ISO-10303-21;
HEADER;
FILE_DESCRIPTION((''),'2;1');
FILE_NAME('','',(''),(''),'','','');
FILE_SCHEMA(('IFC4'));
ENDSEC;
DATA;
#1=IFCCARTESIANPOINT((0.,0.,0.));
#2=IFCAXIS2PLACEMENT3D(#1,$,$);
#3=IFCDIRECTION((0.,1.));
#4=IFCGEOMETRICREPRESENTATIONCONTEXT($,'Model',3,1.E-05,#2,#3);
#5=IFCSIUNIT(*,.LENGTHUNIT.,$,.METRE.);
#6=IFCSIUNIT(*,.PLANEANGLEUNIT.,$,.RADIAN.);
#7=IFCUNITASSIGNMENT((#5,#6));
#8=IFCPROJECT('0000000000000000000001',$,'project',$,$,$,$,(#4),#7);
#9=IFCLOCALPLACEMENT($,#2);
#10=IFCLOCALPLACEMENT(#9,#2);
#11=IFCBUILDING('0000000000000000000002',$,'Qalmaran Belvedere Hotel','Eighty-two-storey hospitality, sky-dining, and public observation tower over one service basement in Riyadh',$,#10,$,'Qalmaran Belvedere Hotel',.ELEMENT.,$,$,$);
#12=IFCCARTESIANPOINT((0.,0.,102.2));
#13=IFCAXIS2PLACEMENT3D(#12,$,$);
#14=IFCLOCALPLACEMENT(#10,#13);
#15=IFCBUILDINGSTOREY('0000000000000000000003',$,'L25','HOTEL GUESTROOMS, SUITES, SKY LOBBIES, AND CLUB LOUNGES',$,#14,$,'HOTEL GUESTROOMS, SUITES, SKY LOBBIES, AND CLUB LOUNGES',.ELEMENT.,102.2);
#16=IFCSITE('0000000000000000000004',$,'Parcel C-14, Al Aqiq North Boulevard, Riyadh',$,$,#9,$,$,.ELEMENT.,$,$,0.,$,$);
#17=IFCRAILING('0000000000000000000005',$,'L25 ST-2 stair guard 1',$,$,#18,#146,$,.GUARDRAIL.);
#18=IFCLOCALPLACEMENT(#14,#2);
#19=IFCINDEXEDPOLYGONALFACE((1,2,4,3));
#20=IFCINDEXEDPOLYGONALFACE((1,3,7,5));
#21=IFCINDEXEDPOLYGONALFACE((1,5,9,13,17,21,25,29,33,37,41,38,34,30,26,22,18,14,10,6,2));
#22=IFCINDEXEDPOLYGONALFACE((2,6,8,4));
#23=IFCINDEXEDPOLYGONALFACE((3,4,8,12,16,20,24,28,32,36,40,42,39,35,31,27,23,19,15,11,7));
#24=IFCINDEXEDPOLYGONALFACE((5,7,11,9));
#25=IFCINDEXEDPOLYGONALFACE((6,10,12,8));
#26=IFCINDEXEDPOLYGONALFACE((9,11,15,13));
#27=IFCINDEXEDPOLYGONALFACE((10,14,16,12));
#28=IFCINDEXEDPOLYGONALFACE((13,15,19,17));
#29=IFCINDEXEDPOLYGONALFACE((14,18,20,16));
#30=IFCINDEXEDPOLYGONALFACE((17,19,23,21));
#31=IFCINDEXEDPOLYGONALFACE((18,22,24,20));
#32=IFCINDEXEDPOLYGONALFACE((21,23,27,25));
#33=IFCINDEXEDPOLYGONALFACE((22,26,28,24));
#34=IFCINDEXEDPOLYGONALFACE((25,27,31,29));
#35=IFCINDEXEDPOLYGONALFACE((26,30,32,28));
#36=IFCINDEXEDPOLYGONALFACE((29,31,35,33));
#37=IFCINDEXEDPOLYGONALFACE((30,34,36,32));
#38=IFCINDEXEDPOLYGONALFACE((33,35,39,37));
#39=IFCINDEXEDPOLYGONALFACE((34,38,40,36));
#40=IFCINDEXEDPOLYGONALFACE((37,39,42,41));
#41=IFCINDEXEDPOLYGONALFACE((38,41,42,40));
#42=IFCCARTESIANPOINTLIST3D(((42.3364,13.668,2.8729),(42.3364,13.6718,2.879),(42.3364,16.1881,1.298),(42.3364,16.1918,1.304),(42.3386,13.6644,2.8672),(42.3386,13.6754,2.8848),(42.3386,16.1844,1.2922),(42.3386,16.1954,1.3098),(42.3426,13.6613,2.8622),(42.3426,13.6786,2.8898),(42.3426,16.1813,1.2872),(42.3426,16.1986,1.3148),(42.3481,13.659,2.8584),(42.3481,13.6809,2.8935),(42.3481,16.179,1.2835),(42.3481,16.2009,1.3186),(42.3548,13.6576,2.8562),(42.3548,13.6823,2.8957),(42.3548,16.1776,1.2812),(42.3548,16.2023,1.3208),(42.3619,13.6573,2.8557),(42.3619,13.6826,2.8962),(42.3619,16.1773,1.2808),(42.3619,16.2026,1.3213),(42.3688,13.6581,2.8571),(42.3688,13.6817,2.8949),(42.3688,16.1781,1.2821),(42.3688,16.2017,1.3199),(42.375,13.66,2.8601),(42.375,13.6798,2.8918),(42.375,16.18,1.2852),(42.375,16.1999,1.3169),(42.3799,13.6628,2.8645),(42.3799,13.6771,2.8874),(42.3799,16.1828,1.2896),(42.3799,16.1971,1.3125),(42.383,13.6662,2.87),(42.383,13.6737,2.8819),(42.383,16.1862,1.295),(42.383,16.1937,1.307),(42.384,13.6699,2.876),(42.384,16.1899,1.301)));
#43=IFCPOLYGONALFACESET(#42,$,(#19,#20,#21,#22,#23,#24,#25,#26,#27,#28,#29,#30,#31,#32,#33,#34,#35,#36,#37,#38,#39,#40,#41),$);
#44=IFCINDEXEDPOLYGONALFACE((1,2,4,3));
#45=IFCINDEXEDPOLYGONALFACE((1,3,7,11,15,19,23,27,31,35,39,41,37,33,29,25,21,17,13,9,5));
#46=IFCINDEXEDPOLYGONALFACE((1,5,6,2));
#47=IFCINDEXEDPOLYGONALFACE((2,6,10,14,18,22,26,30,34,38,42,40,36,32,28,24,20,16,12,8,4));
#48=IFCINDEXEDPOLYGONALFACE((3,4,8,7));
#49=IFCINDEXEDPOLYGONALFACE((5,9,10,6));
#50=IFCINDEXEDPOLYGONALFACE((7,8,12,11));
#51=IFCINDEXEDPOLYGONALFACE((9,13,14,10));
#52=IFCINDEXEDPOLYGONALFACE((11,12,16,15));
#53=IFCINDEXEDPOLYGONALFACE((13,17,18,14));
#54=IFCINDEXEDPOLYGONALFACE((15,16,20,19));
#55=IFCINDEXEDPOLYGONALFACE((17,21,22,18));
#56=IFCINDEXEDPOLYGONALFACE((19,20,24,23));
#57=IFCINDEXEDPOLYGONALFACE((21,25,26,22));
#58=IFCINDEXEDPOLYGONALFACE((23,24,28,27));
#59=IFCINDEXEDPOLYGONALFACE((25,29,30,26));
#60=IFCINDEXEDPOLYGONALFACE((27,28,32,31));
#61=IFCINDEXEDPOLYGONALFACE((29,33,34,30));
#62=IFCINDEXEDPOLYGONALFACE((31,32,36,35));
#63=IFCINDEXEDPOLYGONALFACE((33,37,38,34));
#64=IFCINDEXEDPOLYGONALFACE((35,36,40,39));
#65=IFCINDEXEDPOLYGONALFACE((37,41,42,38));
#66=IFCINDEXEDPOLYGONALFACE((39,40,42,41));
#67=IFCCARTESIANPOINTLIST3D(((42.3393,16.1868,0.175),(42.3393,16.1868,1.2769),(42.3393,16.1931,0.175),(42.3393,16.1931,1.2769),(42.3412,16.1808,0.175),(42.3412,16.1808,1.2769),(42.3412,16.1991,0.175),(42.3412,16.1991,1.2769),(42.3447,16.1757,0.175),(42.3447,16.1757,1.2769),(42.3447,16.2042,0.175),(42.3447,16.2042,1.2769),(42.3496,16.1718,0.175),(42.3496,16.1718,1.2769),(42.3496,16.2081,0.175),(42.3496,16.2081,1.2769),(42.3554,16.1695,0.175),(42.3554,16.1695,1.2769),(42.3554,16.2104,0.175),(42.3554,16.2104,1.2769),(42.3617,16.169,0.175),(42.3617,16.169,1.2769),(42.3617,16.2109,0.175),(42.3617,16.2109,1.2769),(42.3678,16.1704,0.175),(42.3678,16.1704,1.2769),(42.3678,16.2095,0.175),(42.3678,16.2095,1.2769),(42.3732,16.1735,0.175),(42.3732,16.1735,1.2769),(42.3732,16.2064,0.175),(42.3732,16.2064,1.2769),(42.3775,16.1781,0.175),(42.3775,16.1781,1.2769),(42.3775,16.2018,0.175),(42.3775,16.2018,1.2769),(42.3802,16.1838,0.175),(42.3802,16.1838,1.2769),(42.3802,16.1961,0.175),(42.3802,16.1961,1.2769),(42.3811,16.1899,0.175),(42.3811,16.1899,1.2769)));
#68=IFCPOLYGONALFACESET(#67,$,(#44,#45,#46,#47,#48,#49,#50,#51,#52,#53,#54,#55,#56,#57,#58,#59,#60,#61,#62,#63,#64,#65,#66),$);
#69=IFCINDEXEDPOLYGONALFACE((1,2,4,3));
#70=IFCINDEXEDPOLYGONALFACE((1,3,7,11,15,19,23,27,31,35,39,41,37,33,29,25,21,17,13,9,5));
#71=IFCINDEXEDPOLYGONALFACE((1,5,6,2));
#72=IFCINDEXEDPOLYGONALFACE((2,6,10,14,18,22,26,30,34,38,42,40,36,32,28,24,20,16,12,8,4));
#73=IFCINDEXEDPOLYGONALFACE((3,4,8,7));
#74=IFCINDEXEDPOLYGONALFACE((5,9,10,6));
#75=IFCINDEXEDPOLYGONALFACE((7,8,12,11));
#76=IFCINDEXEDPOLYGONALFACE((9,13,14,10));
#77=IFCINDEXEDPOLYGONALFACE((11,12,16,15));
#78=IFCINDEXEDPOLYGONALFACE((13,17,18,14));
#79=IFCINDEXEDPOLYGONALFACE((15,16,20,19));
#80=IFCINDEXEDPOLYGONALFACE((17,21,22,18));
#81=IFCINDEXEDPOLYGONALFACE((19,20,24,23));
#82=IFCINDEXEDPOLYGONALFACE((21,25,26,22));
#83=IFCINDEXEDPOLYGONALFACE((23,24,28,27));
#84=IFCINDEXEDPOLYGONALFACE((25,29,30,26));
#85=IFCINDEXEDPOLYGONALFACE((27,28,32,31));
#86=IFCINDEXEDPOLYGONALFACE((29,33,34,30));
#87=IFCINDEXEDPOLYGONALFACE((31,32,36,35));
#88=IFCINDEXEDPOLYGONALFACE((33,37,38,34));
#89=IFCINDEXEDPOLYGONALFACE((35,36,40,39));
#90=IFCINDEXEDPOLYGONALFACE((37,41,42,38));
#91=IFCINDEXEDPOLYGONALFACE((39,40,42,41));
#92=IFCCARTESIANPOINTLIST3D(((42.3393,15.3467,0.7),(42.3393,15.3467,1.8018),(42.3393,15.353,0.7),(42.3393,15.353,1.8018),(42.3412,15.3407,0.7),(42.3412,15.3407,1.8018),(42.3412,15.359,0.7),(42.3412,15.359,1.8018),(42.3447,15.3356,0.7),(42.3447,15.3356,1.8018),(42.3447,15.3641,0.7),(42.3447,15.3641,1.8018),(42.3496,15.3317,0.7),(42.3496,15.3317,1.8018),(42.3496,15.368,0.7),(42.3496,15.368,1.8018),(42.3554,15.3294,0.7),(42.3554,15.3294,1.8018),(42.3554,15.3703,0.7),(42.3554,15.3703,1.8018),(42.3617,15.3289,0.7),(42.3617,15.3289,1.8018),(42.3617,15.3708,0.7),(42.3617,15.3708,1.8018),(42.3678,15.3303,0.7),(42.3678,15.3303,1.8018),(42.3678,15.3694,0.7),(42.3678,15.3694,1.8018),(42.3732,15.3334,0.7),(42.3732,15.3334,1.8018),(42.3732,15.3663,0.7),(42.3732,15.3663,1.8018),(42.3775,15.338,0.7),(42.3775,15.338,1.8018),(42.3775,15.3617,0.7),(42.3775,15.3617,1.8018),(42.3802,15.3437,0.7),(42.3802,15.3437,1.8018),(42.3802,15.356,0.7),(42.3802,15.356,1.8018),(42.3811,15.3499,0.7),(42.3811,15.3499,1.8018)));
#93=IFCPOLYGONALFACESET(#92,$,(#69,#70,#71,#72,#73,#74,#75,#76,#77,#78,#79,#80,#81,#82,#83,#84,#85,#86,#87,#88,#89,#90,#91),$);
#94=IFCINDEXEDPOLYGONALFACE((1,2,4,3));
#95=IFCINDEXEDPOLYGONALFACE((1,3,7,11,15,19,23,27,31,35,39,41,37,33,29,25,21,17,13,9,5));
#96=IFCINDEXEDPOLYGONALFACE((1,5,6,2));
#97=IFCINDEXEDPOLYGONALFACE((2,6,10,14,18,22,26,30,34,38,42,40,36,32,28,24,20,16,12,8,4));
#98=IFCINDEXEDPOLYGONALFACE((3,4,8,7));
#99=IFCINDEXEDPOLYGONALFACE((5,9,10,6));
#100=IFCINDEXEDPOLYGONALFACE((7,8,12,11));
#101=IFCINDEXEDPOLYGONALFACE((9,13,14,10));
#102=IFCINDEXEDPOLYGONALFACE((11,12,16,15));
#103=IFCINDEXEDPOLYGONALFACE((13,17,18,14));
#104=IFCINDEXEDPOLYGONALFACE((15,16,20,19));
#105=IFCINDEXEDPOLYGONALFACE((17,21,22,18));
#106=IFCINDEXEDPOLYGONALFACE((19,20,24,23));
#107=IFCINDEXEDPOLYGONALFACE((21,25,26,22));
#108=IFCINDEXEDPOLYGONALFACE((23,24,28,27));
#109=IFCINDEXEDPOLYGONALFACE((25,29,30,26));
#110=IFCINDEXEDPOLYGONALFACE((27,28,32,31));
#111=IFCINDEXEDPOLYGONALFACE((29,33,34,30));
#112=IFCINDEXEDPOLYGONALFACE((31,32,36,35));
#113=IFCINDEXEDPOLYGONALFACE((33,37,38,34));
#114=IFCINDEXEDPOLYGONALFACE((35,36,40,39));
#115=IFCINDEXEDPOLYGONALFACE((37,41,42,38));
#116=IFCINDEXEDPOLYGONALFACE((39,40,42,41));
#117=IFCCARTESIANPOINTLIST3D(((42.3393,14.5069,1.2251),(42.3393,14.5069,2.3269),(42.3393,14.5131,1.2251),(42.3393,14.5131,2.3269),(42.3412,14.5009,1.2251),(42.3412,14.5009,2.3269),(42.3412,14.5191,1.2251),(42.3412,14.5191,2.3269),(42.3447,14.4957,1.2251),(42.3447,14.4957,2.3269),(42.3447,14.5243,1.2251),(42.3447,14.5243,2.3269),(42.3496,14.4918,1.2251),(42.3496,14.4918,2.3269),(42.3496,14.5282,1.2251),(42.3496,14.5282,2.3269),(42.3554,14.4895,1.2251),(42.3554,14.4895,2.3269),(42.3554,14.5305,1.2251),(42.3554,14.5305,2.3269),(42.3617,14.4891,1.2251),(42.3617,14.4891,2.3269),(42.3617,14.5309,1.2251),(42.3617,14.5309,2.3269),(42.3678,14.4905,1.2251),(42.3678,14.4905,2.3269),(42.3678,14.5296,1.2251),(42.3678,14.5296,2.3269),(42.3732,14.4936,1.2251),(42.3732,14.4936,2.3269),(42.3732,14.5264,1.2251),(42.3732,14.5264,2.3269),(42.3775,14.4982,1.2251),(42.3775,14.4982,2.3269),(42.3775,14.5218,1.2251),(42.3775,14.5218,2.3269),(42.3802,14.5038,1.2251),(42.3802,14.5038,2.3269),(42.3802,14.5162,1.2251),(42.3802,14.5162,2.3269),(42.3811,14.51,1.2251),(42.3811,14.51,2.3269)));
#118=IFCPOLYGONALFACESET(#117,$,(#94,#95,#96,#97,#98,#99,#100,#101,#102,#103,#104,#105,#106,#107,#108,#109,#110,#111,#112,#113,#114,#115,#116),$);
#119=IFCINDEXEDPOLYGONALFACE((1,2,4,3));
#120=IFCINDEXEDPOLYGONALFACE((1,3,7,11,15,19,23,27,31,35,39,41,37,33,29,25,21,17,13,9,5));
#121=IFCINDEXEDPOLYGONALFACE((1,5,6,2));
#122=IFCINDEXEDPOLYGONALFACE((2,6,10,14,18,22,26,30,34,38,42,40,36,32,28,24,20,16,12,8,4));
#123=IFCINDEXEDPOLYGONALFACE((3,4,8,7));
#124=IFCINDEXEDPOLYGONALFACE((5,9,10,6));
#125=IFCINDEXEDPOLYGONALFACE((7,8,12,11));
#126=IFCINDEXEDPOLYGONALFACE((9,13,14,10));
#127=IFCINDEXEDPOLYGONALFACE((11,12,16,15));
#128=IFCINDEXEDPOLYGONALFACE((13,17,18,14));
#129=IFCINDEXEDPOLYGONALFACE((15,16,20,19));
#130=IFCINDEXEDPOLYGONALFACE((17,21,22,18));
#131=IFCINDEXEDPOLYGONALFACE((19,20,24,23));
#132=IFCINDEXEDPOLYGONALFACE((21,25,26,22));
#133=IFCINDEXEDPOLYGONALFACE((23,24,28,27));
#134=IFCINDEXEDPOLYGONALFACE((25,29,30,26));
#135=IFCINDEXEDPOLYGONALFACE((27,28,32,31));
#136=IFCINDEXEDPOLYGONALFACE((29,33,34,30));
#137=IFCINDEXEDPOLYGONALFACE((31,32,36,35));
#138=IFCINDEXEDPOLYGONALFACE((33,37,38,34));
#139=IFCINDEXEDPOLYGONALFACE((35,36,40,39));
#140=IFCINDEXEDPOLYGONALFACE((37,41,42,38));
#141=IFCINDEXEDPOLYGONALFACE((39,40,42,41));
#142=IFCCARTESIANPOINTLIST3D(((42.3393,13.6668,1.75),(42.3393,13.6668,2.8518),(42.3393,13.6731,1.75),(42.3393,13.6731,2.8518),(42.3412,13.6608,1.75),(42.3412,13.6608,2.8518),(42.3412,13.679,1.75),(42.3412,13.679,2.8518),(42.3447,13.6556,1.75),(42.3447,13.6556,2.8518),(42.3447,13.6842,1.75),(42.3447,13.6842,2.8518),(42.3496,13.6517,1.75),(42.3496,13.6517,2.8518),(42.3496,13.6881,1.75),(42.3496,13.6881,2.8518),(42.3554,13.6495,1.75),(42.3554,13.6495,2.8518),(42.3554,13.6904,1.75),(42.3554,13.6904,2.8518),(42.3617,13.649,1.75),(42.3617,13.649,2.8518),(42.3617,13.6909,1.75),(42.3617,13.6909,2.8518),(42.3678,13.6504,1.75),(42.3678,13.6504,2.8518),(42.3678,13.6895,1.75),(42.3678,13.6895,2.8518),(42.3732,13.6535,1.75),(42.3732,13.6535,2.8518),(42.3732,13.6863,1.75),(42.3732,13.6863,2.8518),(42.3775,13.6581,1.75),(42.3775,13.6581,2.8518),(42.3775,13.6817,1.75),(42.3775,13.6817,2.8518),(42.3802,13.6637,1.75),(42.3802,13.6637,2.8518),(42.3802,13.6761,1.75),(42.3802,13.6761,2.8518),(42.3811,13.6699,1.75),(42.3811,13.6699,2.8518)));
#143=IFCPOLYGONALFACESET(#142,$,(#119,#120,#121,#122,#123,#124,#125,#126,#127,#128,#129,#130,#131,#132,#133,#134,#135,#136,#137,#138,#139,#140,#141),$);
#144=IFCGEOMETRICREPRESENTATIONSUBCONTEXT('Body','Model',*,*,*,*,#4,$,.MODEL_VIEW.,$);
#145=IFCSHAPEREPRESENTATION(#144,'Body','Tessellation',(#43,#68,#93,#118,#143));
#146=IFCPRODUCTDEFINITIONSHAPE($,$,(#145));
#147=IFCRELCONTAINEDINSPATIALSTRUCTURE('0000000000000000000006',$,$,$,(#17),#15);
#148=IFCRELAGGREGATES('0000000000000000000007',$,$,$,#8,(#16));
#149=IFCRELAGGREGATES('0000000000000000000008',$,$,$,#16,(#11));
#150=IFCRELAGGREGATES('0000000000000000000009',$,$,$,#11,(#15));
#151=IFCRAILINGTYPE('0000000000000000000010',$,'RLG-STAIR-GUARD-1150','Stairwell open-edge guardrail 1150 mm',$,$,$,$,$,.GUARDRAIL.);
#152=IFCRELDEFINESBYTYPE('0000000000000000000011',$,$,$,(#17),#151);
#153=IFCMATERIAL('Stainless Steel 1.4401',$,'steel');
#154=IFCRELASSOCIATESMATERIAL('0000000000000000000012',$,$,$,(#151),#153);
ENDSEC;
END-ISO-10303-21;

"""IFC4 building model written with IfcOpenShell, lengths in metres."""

from ifc_helpers import new_model, si_unit, direction, frame, origin, origin_2d, place, context, subcontext, project, spatial, circle, extrude, material, type_object, element, save


model = new_model("IFC4")

# Units and contexts
model_context = context("Model", 3, precision=1e-05, world=origin(), true_north=direction((0.0, 1.0)))
body_context = subcontext(model_context, "Body", "Model", "MODEL_VIEW")
ifc_project = project(units=[si_unit("LENGTHUNIT", "METRE"), si_unit("PLANEANGLEUNIT", "RADIAN")], contexts=[model_context])

# Site, building, storey
site_placement = place(None, origin())
site = spatial("IfcSite", under=ifc_project, at=site_placement, Name="Parcel C-14, Al Aqiq North Boulevard, Riyadh", CompositionType="ELEMENT", RefElevation=0.0)
building_placement = place(site_placement, origin())
building = spatial("IfcBuilding", under=site, at=building_placement, Name="Qalmaran Belvedere Hotel", Description="Eighty-two-storey hospitality, sky-dining, and public observation tower over one service basement in Riyadh", LongName="Qalmaran Belvedere Hotel", CompositionType="ELEMENT")
storey_placement = place(building_placement, frame((0.0, 0.0, 102.2)))
storey = spatial("IfcBuildingStorey", under=building, at=storey_placement, Name="L25", Description="HOTEL GUESTROOMS, SUITES, SKY LOBBIES, AND CLUB LOUNGES", LongName="HOTEL GUESTROOMS, SUITES, SKY LOBBIES, AND CLUB LOUNGES", CompositionType="ELEMENT", Elevation=102.2)

# Shared definitions
ifc_material_1 = material(Name="Stainless Steel 1.4401", Category="steel")

# Railing
railing_type_1 = type_object("IfcRailingType", Name="RLG-STAIR-GUARD-1150", Description="Stairwell open-edge guardrail 1150 mm", PredefinedType="GUARDRAIL", material=ifc_material_1)
railing_1_placement = place(storey_placement, frame((42.3601, 16.1899, 0.175)))
element("IfcRailing", 1, at=railing_1_placement, inside=storey, type_object=railing_type_1, Name="L25 ST-2 stair guard 1", PredefinedType="GUARDRAIL", context=body_context, shape_type="SweptSolid", body=[
    extrude(circle(Radius=0.0239, at=origin_2d()), frame((0.0, 0.0, 1.126), z_axis=(0.0, -0.848008, 0.529984), x_axis=(1.0, 0.0, 0.0)), (0.0, 0.0, 1.0), 2.9717),
    extrude(circle(Radius=0.021, at=origin_2d()), origin(), (0.0, 0.0, 1.0), 1.1018),
    extrude(circle(Radius=0.021, at=origin_2d()), frame((0.0, -0.8401, 0.5249)), (0.0, 0.0, 1.0), 1.1018),
    extrude(circle(Radius=0.021, at=origin_2d()), frame((0.0, -1.6799, 1.05)), (0.0, 0.0, 1.0), 1.1018),
    extrude(circle(Radius=0.021, at=origin_2d()), frame((0.0, -2.52, 1.575)), (0.0, 0.0, 1.0), 1.1018),
])

save(model, "model.ifc")
